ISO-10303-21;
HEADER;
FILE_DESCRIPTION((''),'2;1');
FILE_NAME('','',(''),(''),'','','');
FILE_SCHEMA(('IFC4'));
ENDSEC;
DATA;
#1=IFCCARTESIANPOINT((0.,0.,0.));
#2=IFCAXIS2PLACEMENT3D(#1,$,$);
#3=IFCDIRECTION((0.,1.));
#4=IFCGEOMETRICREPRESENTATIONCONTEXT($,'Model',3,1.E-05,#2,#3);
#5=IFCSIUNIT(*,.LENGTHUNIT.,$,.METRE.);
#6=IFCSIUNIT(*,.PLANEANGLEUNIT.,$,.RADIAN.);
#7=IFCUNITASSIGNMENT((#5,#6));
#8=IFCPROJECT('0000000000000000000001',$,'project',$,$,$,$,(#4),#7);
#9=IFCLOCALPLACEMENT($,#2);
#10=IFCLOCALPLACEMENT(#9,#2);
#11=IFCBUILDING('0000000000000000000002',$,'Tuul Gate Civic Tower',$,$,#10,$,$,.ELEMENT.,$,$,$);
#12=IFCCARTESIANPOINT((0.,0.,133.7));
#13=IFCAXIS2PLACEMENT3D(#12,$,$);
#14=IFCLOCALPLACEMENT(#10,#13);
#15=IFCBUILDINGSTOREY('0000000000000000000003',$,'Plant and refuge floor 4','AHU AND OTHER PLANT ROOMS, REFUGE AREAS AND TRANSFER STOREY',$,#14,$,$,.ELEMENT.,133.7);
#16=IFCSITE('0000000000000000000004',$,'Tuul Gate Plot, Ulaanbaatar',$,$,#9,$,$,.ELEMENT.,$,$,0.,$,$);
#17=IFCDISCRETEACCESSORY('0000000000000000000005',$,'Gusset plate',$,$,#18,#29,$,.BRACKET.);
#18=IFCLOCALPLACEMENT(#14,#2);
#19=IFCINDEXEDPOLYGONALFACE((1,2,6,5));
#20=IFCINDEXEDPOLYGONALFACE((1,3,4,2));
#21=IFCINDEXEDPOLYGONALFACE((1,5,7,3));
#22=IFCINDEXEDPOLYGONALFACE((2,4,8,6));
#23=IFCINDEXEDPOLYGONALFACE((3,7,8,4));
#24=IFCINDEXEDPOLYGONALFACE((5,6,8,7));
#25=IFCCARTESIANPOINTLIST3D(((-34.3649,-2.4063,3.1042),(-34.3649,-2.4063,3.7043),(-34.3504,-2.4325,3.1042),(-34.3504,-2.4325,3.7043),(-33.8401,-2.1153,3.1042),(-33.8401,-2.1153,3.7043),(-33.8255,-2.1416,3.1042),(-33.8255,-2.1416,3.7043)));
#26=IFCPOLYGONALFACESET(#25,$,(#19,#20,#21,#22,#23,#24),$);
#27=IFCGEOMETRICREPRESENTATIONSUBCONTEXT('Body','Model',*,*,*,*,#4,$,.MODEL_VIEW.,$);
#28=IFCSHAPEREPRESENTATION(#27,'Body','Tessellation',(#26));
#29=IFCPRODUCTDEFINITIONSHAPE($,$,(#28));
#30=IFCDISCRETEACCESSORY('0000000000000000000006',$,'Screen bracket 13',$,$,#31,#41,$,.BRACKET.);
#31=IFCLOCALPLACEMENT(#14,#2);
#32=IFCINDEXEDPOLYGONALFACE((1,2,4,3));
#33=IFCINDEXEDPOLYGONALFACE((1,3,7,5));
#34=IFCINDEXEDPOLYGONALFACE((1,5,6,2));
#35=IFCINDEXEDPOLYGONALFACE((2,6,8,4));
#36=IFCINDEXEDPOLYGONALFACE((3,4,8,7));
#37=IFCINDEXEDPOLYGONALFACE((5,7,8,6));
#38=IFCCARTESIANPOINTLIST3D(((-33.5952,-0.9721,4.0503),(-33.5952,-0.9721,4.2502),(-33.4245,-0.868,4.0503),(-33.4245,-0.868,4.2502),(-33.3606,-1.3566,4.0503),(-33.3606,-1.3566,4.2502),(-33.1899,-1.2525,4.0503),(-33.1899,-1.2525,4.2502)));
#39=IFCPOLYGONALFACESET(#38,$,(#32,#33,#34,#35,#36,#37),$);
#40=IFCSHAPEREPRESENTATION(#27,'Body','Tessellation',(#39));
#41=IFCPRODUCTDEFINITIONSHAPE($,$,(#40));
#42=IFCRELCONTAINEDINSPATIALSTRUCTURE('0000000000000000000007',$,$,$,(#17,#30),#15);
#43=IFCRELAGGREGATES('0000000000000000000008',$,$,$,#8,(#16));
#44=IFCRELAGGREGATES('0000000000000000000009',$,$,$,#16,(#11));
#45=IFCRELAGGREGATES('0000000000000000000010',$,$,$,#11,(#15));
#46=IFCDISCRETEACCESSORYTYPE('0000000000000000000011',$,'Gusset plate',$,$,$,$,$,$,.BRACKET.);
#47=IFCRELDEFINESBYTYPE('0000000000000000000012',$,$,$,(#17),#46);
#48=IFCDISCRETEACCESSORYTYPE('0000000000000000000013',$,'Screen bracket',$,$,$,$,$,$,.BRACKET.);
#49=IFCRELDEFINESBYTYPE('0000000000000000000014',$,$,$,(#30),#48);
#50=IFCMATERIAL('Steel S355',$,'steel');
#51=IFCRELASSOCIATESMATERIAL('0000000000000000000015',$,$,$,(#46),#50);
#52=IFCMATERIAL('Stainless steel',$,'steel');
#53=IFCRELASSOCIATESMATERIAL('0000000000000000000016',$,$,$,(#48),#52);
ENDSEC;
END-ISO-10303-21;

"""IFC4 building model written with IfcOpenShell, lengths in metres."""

from ifc_helpers import new_model, si_unit, direction, frame, origin, origin_2d, place, context, subcontext, project, spatial, rectangle, extrude, material, type_object, element, save


model = new_model("IFC4")

# Units and contexts
model_context = context("Model", 3, precision=1e-05, world=origin(), true_north=direction((0.0, 1.0)))
body_context = subcontext(model_context, "Body", "Model", "MODEL_VIEW")
ifc_project = project(units=[si_unit("LENGTHUNIT", "METRE"), si_unit("PLANEANGLEUNIT", "RADIAN")], contexts=[model_context])

# Site, building, storey
site_placement = place(None, origin())
site = spatial("IfcSite", under=ifc_project, at=site_placement, Name="Tuul Gate Plot, Ulaanbaatar", CompositionType="ELEMENT", RefElevation=0.0)
building_placement = place(site_placement, origin())
building = spatial("IfcBuilding", under=site, at=building_placement, Name="Tuul Gate Civic Tower", CompositionType="ELEMENT")
storey_placement = place(building_placement, frame((0.0, 0.0, 133.7)))
storey = spatial("IfcBuildingStorey", under=building, at=storey_placement, Name="Plant and refuge floor 4", Description="AHU AND OTHER PLANT ROOMS, REFUGE AREAS AND TRANSFER STOREY", CompositionType="ELEMENT", Elevation=133.7)

# Discrete accessories
ifc_material_1 = material(Name="Steel S355", Category="steel")
discrete_accessory_type_1 = type_object("IfcDiscreteAccessoryType", Name="Gusset plate", PredefinedType="BRACKET", material=ifc_material_1)
for number, where, z_axis, x_axis, name in (
    (1, (-34.0952, -2.2739, 3.1042), (0.0, 0.0, 1.0), (-0.874625, -0.4848, 0.0), "Gusset plate"),
):
    element("IfcDiscreteAccessory", number, at=place(storey_placement, frame(where, z_axis=z_axis, x_axis=x_axis)), inside=storey, type_object=discrete_accessory_type_1, Name=name, PredefinedType="BRACKET", context=body_context, shape_type="SweptSolid", body=[
        extrude(rectangle(XDim=0.6001, YDim=0.03, at=origin_2d()), origin(), (0.0, 0.0, 1.0), 0.6001),
    ])
ifc_material_2 = material(Name="Stainless steel", Category="steel")
discrete_accessory_type_2 = type_object("IfcDiscreteAccessoryType", Name="Screen bracket", PredefinedType="BRACKET", material=ifc_material_2)
discrete_accessory_placement = place(storey_placement, frame((-33.3926, -1.1123, 4.0503), z_axis=(0.0, 0.0, 1.0), x_axis=(-0.520746, 0.853712, 0.0)))
element("IfcDiscreteAccessory", 2, at=discrete_accessory_placement, inside=storey, type_object=discrete_accessory_type_2, Name="Screen bracket 13", PredefinedType="BRACKET", context=body_context, shape_type="SweptSolid", body=[
    extrude(rectangle(XDim=0.4504, YDim=0.2, at=origin_2d()), origin(), (0.0, 0.0, 1.0), 0.2),
])

save(model, "model.ifc")
